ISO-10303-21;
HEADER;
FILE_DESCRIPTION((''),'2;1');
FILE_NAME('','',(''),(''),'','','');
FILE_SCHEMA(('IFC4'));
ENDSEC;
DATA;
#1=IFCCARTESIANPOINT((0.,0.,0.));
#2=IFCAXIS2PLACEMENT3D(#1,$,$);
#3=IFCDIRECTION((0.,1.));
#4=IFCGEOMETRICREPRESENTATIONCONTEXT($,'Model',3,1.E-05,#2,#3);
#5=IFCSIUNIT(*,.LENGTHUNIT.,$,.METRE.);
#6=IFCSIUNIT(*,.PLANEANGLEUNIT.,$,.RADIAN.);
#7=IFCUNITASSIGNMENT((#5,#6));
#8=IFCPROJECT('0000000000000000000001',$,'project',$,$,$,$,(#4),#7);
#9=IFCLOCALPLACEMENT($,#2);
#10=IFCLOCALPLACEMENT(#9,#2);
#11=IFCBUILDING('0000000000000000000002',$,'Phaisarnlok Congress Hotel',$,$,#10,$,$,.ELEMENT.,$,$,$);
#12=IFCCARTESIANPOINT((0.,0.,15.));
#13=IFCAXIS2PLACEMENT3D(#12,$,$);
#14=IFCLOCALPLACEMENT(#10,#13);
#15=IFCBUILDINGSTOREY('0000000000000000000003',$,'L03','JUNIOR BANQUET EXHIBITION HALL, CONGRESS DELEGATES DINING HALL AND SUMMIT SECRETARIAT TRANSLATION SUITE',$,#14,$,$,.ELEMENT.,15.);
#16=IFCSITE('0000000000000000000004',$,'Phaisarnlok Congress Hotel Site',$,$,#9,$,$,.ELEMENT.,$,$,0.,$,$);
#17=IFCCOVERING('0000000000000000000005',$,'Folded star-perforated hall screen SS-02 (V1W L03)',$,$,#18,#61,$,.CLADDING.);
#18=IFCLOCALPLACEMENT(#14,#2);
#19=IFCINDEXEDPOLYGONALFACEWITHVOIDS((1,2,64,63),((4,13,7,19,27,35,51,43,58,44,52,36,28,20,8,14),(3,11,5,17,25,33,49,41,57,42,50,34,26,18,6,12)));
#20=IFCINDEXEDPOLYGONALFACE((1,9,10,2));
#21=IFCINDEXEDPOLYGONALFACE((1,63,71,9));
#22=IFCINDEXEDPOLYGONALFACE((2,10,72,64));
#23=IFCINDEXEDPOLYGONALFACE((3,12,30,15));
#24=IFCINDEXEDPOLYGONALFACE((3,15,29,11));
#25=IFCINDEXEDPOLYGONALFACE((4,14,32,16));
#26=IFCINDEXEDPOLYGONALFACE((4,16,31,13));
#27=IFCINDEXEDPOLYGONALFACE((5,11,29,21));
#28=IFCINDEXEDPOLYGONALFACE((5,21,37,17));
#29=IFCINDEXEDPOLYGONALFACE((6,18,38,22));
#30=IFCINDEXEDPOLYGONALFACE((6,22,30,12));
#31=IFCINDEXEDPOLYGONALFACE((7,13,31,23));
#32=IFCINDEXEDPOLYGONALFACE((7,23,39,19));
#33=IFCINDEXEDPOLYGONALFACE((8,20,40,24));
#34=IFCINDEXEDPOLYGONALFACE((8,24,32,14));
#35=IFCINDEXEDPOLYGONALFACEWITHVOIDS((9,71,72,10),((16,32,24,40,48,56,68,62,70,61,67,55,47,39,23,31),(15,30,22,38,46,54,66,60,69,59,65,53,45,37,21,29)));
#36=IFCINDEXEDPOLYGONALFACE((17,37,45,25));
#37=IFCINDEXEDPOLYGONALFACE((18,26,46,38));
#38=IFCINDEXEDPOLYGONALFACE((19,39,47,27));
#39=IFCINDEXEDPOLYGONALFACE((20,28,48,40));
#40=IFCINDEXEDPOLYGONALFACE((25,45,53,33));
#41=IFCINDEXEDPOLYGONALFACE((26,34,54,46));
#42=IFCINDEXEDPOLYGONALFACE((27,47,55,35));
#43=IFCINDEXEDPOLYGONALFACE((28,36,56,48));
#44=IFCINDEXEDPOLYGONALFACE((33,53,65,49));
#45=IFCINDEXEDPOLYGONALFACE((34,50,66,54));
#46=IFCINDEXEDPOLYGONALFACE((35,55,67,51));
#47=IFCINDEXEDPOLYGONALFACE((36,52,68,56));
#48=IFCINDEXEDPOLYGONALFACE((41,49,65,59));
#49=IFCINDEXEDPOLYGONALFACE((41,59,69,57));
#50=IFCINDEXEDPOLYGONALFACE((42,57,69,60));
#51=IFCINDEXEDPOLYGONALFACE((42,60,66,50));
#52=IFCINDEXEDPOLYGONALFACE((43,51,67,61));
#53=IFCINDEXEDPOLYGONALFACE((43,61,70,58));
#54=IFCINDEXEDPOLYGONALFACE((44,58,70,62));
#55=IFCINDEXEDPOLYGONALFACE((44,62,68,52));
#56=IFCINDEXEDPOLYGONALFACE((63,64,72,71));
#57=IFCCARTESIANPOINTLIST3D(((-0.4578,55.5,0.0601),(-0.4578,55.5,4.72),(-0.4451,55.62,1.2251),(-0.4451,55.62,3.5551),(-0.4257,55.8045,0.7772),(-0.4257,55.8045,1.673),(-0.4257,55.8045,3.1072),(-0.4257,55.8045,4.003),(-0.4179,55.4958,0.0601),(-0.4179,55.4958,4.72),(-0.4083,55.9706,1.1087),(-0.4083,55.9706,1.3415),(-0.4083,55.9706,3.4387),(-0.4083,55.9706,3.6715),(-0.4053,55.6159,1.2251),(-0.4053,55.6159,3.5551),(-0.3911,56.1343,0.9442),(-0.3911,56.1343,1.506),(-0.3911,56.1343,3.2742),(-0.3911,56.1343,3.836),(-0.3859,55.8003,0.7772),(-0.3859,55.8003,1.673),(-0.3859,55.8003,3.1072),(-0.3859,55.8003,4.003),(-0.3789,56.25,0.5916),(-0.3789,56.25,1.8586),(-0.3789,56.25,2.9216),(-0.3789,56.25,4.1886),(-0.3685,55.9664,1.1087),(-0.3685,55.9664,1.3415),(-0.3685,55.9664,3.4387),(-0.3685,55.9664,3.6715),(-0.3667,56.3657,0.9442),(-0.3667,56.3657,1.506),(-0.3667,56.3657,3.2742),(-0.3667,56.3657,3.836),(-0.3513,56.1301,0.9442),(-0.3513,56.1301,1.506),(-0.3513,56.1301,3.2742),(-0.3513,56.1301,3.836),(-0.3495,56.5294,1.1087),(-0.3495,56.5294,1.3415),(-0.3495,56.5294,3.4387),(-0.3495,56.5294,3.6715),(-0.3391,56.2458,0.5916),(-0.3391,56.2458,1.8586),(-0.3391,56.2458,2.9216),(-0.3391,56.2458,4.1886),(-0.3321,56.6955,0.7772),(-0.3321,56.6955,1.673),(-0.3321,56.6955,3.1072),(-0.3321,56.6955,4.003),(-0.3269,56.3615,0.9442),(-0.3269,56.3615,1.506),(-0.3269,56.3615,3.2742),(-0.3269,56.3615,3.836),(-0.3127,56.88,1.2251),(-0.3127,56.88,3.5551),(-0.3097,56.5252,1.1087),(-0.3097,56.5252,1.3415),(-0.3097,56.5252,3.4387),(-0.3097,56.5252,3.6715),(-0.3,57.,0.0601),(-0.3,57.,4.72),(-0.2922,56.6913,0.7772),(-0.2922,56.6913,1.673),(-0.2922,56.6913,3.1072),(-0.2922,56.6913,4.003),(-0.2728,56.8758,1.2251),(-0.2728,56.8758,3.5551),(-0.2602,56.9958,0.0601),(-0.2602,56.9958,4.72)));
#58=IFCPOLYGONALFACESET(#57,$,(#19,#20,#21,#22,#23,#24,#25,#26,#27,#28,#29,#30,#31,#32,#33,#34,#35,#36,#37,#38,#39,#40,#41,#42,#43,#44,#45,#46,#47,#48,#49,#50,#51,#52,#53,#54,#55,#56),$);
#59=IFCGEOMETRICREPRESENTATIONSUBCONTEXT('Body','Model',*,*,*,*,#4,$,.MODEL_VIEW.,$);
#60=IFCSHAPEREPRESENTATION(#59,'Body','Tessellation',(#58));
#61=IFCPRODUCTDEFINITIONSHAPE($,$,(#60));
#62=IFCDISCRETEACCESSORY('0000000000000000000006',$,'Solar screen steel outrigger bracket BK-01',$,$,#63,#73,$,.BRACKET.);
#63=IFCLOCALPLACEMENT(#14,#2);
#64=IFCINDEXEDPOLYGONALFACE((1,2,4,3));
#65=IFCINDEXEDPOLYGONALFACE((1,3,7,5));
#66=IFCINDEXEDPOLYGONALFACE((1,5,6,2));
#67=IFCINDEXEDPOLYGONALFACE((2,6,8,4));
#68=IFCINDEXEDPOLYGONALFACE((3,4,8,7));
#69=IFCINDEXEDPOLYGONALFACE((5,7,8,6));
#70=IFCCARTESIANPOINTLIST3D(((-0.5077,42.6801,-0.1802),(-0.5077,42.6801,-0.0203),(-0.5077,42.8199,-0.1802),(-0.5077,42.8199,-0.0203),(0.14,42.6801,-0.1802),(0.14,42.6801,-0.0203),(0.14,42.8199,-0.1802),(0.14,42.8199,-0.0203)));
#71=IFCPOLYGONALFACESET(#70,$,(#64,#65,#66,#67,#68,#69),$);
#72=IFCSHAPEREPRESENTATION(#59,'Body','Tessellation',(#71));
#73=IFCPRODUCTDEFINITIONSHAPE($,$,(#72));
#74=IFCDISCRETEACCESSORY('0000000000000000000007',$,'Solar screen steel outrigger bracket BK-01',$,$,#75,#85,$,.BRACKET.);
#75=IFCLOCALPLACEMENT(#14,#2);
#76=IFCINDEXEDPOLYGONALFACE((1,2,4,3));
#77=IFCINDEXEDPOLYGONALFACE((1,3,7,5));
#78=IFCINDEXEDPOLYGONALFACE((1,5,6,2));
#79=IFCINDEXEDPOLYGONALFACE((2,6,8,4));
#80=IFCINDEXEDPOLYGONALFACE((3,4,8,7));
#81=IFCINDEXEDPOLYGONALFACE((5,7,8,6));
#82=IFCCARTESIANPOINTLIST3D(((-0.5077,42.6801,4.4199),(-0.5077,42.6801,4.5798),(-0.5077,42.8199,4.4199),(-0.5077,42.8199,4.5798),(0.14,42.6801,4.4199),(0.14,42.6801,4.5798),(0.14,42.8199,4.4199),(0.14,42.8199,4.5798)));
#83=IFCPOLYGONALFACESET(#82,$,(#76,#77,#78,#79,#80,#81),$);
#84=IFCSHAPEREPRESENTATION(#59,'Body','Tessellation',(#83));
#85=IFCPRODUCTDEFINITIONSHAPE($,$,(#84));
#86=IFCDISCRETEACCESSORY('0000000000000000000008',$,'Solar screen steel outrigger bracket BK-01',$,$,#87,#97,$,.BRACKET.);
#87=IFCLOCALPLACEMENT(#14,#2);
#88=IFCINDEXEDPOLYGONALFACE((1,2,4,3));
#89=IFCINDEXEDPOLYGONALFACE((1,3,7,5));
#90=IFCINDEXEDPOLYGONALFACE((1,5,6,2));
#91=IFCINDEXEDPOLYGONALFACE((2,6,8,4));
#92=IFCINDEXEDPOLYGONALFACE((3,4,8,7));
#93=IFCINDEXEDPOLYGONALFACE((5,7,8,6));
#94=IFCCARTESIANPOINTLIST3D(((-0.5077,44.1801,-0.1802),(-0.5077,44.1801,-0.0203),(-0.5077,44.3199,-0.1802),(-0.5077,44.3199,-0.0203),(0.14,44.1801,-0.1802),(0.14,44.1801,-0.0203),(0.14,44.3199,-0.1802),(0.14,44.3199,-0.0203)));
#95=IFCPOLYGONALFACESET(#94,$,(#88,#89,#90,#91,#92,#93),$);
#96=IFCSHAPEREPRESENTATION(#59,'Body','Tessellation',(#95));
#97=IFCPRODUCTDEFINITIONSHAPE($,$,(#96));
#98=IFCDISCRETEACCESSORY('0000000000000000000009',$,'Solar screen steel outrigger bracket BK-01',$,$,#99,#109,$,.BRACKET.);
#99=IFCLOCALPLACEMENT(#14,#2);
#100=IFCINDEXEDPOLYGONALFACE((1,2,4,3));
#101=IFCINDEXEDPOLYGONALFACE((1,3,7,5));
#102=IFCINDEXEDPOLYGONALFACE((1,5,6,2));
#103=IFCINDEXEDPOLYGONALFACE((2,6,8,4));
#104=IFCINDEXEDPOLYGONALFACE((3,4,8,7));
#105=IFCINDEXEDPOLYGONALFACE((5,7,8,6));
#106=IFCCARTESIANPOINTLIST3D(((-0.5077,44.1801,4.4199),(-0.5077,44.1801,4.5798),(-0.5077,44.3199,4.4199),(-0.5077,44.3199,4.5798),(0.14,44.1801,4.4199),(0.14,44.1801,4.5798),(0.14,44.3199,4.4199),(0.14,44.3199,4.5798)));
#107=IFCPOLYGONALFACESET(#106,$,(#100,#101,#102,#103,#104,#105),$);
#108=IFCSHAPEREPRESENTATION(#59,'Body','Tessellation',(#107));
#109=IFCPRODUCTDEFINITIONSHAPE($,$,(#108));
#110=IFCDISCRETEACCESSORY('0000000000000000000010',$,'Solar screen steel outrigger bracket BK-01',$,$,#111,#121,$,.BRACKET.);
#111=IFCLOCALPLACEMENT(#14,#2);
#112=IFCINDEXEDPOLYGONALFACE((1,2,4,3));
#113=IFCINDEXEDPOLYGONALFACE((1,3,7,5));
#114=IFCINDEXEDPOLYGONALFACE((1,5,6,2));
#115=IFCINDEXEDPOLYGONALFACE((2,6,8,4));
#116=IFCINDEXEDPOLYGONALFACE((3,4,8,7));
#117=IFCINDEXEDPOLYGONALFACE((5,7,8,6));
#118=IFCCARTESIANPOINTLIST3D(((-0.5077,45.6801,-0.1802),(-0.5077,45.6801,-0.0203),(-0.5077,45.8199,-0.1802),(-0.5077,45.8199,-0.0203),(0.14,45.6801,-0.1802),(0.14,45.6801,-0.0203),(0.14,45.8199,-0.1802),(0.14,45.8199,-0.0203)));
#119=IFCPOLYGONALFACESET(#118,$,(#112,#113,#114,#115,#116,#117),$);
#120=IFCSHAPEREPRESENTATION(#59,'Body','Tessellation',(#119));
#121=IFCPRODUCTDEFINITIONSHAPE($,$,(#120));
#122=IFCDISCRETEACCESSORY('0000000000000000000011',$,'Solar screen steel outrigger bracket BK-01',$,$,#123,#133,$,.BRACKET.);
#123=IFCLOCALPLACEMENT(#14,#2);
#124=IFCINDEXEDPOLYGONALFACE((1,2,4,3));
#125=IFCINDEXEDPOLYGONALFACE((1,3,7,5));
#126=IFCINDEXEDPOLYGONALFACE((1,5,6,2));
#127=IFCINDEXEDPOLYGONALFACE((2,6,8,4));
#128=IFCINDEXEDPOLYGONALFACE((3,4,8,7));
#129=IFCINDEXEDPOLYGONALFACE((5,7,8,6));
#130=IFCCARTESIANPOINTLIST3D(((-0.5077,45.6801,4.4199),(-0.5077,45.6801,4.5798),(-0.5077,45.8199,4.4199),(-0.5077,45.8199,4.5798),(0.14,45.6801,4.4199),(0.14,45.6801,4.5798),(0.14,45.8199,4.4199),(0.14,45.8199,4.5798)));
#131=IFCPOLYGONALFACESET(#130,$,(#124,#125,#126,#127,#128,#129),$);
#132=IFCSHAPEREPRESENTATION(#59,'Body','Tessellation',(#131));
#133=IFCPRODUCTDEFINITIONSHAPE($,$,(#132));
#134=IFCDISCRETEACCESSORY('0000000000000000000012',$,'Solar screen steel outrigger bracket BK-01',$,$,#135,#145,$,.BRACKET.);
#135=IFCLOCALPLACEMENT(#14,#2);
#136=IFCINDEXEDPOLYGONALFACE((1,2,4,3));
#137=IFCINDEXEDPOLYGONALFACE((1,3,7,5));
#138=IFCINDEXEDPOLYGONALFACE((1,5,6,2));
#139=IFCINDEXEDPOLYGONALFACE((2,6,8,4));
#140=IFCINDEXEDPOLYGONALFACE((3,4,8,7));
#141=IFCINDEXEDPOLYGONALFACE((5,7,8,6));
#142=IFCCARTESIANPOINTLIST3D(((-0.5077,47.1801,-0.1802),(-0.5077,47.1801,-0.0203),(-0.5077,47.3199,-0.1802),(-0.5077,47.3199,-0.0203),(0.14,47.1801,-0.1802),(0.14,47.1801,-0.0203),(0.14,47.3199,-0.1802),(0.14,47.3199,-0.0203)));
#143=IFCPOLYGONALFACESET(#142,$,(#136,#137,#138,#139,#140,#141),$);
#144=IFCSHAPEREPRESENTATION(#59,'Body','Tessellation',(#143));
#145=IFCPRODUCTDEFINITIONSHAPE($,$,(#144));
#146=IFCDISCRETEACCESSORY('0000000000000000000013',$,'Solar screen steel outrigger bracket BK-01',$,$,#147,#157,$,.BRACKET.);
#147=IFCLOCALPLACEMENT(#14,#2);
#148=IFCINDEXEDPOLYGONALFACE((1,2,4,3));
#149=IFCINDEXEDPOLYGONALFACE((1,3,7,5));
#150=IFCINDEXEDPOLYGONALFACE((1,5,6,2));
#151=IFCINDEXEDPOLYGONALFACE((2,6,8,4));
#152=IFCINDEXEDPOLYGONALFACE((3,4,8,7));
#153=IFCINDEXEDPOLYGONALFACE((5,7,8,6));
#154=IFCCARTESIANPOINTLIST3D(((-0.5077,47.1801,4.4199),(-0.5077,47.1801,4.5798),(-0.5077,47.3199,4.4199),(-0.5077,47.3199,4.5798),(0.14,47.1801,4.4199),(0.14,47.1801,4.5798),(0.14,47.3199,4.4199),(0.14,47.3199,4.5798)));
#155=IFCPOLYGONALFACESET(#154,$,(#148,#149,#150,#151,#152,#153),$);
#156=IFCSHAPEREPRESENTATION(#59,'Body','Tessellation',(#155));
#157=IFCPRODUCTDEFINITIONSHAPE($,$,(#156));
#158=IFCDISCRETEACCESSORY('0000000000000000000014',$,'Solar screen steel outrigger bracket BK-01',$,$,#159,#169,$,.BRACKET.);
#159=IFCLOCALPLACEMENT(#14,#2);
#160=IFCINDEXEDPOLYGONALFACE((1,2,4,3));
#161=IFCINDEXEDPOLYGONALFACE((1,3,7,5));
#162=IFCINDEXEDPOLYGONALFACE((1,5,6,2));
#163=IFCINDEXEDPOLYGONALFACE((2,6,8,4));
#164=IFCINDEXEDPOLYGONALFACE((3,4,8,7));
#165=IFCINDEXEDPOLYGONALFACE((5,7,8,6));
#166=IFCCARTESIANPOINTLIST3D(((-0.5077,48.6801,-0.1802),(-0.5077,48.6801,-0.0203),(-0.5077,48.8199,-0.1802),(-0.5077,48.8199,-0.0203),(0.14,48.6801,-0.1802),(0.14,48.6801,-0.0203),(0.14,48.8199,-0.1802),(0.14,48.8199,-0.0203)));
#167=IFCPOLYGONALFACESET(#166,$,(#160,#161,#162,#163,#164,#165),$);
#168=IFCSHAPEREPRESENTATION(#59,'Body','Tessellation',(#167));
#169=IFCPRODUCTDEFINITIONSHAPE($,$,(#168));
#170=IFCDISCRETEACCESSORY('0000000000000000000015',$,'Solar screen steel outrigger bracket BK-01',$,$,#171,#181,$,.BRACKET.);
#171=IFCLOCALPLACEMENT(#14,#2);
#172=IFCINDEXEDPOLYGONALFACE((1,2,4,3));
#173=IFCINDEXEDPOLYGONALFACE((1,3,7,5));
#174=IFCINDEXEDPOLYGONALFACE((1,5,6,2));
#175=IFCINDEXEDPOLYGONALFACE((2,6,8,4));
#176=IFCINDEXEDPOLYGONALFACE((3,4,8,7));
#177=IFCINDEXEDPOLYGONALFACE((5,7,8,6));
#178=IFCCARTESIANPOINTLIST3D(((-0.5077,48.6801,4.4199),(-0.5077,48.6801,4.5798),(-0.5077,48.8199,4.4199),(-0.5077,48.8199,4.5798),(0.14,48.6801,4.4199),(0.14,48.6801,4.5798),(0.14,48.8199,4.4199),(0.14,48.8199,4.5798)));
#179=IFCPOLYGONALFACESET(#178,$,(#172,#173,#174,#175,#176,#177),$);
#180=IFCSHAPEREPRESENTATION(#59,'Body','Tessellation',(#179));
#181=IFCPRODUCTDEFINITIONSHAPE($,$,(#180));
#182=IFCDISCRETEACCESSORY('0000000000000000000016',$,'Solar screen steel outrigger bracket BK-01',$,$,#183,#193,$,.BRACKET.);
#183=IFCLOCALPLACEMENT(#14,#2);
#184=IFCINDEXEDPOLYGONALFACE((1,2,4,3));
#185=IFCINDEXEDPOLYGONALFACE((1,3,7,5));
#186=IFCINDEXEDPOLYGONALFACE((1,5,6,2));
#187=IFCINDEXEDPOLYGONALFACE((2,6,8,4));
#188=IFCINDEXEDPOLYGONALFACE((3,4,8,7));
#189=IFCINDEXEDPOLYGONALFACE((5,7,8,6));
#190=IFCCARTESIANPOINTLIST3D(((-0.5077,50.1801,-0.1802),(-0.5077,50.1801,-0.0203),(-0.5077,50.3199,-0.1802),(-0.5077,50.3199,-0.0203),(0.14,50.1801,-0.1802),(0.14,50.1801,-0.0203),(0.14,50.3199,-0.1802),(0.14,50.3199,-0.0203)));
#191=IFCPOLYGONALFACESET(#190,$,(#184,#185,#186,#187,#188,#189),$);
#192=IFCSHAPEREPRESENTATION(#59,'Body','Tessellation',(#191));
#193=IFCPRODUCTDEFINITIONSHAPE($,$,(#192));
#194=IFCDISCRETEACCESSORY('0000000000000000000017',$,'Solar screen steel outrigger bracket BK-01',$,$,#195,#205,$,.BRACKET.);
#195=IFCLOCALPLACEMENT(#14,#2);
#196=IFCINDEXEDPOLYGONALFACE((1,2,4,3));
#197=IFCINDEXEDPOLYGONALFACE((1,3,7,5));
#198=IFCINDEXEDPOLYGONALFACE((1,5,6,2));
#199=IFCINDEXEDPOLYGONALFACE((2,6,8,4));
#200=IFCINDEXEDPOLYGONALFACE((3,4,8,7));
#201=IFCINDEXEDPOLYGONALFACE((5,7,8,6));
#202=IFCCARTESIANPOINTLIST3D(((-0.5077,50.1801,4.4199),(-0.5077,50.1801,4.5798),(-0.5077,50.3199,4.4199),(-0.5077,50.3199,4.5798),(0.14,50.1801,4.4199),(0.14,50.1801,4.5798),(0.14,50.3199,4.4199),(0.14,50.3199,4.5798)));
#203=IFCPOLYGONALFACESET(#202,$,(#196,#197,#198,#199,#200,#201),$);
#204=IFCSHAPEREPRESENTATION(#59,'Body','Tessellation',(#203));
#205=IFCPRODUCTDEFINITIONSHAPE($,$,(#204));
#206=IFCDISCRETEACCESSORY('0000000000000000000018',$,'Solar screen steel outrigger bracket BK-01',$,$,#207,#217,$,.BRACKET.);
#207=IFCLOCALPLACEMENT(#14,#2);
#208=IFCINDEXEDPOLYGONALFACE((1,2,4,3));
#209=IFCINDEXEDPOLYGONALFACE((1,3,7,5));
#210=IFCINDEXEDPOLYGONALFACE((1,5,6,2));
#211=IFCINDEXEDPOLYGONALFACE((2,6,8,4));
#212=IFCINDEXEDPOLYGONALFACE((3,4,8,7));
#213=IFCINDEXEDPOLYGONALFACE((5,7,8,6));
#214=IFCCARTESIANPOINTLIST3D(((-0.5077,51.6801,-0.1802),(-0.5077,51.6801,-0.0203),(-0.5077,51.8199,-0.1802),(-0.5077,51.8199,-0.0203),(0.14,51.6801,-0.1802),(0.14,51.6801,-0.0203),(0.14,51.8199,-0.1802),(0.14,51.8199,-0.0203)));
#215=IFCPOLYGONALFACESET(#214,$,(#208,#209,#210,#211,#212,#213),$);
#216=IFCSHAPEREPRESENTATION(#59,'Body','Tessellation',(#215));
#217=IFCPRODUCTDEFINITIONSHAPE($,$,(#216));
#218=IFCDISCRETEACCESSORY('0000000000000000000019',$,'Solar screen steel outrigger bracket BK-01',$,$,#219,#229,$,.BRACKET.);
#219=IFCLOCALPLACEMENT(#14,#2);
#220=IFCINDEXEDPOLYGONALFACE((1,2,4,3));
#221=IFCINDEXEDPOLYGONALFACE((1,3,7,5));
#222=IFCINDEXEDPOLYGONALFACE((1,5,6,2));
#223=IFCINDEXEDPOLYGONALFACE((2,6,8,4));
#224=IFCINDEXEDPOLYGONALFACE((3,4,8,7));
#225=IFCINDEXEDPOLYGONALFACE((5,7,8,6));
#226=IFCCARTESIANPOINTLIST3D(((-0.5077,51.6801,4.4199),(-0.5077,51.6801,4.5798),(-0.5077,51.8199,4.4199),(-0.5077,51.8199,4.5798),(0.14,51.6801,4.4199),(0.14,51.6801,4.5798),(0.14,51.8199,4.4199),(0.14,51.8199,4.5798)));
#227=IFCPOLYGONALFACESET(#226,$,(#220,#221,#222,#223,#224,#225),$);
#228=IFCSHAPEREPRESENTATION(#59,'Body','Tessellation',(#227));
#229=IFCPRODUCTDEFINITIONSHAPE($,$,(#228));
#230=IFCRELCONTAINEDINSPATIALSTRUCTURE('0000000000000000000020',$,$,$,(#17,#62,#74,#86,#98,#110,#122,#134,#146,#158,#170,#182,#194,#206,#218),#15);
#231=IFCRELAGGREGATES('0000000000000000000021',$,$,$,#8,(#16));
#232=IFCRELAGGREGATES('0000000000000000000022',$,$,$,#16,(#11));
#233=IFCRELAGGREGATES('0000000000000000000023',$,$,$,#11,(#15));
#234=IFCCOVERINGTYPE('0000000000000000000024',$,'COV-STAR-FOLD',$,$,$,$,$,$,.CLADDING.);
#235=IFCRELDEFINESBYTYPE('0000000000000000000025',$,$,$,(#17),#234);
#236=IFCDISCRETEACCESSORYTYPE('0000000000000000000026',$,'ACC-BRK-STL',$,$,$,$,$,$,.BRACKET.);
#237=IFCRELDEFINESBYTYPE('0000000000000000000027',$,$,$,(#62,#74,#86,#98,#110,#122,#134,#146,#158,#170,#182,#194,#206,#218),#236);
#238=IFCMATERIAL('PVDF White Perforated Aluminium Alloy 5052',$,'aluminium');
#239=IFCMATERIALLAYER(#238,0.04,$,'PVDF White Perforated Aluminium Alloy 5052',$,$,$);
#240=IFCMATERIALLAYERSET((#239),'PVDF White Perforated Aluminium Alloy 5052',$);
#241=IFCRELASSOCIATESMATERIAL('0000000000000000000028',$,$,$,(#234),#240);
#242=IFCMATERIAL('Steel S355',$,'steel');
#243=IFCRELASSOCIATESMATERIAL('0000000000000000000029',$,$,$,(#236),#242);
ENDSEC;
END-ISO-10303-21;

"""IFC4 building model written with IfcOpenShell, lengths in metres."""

from ifc_helpers import new_model, si_unit, direction, frame, origin, origin_2d, place, context, subcontext, project, spatial, polyline, rectangle, outline, extrude, material, layer, layer_set, type_object, element, save


model = new_model("IFC4")

# Units and contexts
model_context = context("Model", 3, precision=1e-05, world=origin(), true_north=direction((0.0, 1.0)))
body_context = subcontext(model_context, "Body", "Model", "MODEL_VIEW")
ifc_project = project(units=[si_unit("LENGTHUNIT", "METRE"), si_unit("PLANEANGLEUNIT", "RADIAN")], contexts=[model_context])

# Site, building, storey
site_placement = place(None, origin())
site = spatial("IfcSite", under=ifc_project, at=site_placement, Name="Phaisarnlok Congress Hotel Site", CompositionType="ELEMENT", RefElevation=0.0)
building_placement = place(site_placement, origin())
building = spatial("IfcBuilding", under=site, at=building_placement, Name="Phaisarnlok Congress Hotel", CompositionType="ELEMENT")
storey_placement = place(building_placement, frame((0.0, 0.0, 15.0)))
storey = spatial("IfcBuildingStorey", under=building, at=storey_placement, Name="L03", Description="JUNIOR BANQUET EXHIBITION HALL, CONGRESS DELEGATES DINING HALL AND SUMMIT SECRETARIAT TRANSLATION SUITE", CompositionType="ELEMENT", Elevation=15.0)

# Covering
ifc_material_1 = material(Name="PVDF White Perforated Aluminium Alloy 5052", Category="aluminium")
ifc_layer = layer(ifc_material_1, 0.04, Name="PVDF White Perforated Aluminium Alloy 5052")
ifc_layer_set = layer_set([ifc_layer], Name="PVDF White Perforated Aluminium Alloy 5052")
covering_type = type_object("IfcCoveringType", Name="COV-STAR-FOLD", PredefinedType="CLADDING", material=ifc_layer_set)
for number, where, z_axis, x_axis, name in (
    (1, (-0.4578, 55.5, 0.0601), (0.994518, -0.104567, 0.0), (0.104567, 0.994518, 0.0), "Folded star-perforated hall screen SS-02 (V1W L03)"),
):
    element("IfcCovering", number, at=place(storey_placement, frame(where, z_axis=z_axis, x_axis=x_axis)), inside=storey, type_object=covering_type, Name=name, PredefinedType="CLADDING", context=body_context, shape_type="SweptSolid", body=[
        extrude(outline(polyline([(0.0, 0.0), (1.5083, 0.0), (1.5083, 4.6599), (0.0, 4.6599), (0.0, 0.0)]), holes=[polyline([(1.0351, 1.0486), (1.2021, 0.7171), (0.8705, 0.8841), (0.7541, 0.5315), (0.6378, 0.8841), (0.3062, 0.7171), (0.4732, 1.0486), (0.1207, 1.165), (0.4732, 1.2814), (0.3062, 1.6129), (0.6378, 1.4459), (0.7541, 1.7985), (0.8705, 1.4459), (1.2021, 1.6129), (1.0351, 1.2814), (1.3876, 1.165), (1.0351, 1.0486)]), polyline([(1.0351, 3.3786), (1.2021, 3.0471), (0.8705, 3.2141), (0.7541, 2.8615), (0.6378, 3.2141), (0.3062, 3.0471), (0.4732, 3.3786), (0.1207, 3.495), (0.4732, 3.6114), (0.3062, 3.9429), (0.6378, 3.7759), (0.7541, 4.1285), (0.8705, 3.7759), (1.2021, 3.9429), (1.0351, 3.6114), (1.3876, 3.495), (1.0351, 3.3786)])]), origin(), (0.0, 0.0, 1.0), 0.04),
    ])

# Discrete accessories
ifc_material_2 = material(Name="Steel S355", Category="steel")
discrete_accessory_type = type_object("IfcDiscreteAccessoryType", Name="ACC-BRK-STL", PredefinedType="BRACKET", material=ifc_material_2)
for number, where, z_axis, x_axis, name in (
    (2, (-0.1838, 42.75, -0.1802), (0.0, 0.0, 1.0), (1.0, 0.0, 0.0), "Solar screen steel outrigger bracket BK-01"),
    (3, (-0.1838, 42.75, 4.4199), (0.0, 0.0, 1.0), (1.0, 0.0, 0.0), "Solar screen steel outrigger bracket BK-01"),
    (4, (-0.1838, 44.25, -0.1802), (0.0, 0.0, 1.0), (1.0, 0.0, 0.0), "Solar screen steel outrigger bracket BK-01"),
    (5, (-0.1838, 44.25, 4.4199), (0.0, 0.0, 1.0), (1.0, 0.0, 0.0), "Solar screen steel outrigger bracket BK-01"),
    (6, (-0.1838, 45.75, -0.1802), (0.0, 0.0, 1.0), (1.0, 0.0, 0.0), "Solar screen steel outrigger bracket BK-01"),
    (7, (-0.1838, 45.75, 4.4199), (0.0, 0.0, 1.0), (1.0, 0.0, 0.0), "Solar screen steel outrigger bracket BK-01"),
    (8, (-0.1838, 47.25, -0.1802), (0.0, 0.0, 1.0), (1.0, 0.0, 0.0), "Solar screen steel outrigger bracket BK-01"),
    (9, (-0.1838, 47.25, 4.4199), (0.0, 0.0, 1.0), (1.0, 0.0, 0.0), "Solar screen steel outrigger bracket BK-01"),
    (10, (-0.1838, 48.75, -0.1802), (0.0, 0.0, 1.0), (1.0, 0.0, 0.0), "Solar screen steel outrigger bracket BK-01"),
    (11, (-0.1838, 48.75, 4.4199), (0.0, 0.0, 1.0), (1.0, 0.0, 0.0), "Solar screen steel outrigger bracket BK-01"),
    (12, (-0.1838, 50.25, -0.1802), (0.0, 0.0, 1.0), (1.0, 0.0, 0.0), "Solar screen steel outrigger bracket BK-01"),
    (13, (-0.1838, 50.25, 4.4199), (0.0, 0.0, 1.0), (1.0, 0.0, 0.0), "Solar screen steel outrigger bracket BK-01"),
    (14, (-0.1838, 51.75, -0.1802), (0.0, 0.0, 1.0), (1.0, 0.0, 0.0), "Solar screen steel outrigger bracket BK-01"),
    (15, (-0.1838, 51.75, 4.4199), (0.0, 0.0, 1.0), (1.0, 0.0, 0.0), "Solar screen steel outrigger bracket BK-01"),
):
    element("IfcDiscreteAccessory", number, at=place(storey_placement, frame(where, z_axis=z_axis, x_axis=x_axis)), inside=storey, type_object=discrete_accessory_type, Name=name, PredefinedType="BRACKET", context=body_context, shape_type="SweptSolid", body=[
        extrude(rectangle(XDim=0.6477, YDim=0.1399, at=origin_2d()), origin(), (0.0, 0.0, 1.0), 0.1599),
    ])

save(model, "model.ifc")
